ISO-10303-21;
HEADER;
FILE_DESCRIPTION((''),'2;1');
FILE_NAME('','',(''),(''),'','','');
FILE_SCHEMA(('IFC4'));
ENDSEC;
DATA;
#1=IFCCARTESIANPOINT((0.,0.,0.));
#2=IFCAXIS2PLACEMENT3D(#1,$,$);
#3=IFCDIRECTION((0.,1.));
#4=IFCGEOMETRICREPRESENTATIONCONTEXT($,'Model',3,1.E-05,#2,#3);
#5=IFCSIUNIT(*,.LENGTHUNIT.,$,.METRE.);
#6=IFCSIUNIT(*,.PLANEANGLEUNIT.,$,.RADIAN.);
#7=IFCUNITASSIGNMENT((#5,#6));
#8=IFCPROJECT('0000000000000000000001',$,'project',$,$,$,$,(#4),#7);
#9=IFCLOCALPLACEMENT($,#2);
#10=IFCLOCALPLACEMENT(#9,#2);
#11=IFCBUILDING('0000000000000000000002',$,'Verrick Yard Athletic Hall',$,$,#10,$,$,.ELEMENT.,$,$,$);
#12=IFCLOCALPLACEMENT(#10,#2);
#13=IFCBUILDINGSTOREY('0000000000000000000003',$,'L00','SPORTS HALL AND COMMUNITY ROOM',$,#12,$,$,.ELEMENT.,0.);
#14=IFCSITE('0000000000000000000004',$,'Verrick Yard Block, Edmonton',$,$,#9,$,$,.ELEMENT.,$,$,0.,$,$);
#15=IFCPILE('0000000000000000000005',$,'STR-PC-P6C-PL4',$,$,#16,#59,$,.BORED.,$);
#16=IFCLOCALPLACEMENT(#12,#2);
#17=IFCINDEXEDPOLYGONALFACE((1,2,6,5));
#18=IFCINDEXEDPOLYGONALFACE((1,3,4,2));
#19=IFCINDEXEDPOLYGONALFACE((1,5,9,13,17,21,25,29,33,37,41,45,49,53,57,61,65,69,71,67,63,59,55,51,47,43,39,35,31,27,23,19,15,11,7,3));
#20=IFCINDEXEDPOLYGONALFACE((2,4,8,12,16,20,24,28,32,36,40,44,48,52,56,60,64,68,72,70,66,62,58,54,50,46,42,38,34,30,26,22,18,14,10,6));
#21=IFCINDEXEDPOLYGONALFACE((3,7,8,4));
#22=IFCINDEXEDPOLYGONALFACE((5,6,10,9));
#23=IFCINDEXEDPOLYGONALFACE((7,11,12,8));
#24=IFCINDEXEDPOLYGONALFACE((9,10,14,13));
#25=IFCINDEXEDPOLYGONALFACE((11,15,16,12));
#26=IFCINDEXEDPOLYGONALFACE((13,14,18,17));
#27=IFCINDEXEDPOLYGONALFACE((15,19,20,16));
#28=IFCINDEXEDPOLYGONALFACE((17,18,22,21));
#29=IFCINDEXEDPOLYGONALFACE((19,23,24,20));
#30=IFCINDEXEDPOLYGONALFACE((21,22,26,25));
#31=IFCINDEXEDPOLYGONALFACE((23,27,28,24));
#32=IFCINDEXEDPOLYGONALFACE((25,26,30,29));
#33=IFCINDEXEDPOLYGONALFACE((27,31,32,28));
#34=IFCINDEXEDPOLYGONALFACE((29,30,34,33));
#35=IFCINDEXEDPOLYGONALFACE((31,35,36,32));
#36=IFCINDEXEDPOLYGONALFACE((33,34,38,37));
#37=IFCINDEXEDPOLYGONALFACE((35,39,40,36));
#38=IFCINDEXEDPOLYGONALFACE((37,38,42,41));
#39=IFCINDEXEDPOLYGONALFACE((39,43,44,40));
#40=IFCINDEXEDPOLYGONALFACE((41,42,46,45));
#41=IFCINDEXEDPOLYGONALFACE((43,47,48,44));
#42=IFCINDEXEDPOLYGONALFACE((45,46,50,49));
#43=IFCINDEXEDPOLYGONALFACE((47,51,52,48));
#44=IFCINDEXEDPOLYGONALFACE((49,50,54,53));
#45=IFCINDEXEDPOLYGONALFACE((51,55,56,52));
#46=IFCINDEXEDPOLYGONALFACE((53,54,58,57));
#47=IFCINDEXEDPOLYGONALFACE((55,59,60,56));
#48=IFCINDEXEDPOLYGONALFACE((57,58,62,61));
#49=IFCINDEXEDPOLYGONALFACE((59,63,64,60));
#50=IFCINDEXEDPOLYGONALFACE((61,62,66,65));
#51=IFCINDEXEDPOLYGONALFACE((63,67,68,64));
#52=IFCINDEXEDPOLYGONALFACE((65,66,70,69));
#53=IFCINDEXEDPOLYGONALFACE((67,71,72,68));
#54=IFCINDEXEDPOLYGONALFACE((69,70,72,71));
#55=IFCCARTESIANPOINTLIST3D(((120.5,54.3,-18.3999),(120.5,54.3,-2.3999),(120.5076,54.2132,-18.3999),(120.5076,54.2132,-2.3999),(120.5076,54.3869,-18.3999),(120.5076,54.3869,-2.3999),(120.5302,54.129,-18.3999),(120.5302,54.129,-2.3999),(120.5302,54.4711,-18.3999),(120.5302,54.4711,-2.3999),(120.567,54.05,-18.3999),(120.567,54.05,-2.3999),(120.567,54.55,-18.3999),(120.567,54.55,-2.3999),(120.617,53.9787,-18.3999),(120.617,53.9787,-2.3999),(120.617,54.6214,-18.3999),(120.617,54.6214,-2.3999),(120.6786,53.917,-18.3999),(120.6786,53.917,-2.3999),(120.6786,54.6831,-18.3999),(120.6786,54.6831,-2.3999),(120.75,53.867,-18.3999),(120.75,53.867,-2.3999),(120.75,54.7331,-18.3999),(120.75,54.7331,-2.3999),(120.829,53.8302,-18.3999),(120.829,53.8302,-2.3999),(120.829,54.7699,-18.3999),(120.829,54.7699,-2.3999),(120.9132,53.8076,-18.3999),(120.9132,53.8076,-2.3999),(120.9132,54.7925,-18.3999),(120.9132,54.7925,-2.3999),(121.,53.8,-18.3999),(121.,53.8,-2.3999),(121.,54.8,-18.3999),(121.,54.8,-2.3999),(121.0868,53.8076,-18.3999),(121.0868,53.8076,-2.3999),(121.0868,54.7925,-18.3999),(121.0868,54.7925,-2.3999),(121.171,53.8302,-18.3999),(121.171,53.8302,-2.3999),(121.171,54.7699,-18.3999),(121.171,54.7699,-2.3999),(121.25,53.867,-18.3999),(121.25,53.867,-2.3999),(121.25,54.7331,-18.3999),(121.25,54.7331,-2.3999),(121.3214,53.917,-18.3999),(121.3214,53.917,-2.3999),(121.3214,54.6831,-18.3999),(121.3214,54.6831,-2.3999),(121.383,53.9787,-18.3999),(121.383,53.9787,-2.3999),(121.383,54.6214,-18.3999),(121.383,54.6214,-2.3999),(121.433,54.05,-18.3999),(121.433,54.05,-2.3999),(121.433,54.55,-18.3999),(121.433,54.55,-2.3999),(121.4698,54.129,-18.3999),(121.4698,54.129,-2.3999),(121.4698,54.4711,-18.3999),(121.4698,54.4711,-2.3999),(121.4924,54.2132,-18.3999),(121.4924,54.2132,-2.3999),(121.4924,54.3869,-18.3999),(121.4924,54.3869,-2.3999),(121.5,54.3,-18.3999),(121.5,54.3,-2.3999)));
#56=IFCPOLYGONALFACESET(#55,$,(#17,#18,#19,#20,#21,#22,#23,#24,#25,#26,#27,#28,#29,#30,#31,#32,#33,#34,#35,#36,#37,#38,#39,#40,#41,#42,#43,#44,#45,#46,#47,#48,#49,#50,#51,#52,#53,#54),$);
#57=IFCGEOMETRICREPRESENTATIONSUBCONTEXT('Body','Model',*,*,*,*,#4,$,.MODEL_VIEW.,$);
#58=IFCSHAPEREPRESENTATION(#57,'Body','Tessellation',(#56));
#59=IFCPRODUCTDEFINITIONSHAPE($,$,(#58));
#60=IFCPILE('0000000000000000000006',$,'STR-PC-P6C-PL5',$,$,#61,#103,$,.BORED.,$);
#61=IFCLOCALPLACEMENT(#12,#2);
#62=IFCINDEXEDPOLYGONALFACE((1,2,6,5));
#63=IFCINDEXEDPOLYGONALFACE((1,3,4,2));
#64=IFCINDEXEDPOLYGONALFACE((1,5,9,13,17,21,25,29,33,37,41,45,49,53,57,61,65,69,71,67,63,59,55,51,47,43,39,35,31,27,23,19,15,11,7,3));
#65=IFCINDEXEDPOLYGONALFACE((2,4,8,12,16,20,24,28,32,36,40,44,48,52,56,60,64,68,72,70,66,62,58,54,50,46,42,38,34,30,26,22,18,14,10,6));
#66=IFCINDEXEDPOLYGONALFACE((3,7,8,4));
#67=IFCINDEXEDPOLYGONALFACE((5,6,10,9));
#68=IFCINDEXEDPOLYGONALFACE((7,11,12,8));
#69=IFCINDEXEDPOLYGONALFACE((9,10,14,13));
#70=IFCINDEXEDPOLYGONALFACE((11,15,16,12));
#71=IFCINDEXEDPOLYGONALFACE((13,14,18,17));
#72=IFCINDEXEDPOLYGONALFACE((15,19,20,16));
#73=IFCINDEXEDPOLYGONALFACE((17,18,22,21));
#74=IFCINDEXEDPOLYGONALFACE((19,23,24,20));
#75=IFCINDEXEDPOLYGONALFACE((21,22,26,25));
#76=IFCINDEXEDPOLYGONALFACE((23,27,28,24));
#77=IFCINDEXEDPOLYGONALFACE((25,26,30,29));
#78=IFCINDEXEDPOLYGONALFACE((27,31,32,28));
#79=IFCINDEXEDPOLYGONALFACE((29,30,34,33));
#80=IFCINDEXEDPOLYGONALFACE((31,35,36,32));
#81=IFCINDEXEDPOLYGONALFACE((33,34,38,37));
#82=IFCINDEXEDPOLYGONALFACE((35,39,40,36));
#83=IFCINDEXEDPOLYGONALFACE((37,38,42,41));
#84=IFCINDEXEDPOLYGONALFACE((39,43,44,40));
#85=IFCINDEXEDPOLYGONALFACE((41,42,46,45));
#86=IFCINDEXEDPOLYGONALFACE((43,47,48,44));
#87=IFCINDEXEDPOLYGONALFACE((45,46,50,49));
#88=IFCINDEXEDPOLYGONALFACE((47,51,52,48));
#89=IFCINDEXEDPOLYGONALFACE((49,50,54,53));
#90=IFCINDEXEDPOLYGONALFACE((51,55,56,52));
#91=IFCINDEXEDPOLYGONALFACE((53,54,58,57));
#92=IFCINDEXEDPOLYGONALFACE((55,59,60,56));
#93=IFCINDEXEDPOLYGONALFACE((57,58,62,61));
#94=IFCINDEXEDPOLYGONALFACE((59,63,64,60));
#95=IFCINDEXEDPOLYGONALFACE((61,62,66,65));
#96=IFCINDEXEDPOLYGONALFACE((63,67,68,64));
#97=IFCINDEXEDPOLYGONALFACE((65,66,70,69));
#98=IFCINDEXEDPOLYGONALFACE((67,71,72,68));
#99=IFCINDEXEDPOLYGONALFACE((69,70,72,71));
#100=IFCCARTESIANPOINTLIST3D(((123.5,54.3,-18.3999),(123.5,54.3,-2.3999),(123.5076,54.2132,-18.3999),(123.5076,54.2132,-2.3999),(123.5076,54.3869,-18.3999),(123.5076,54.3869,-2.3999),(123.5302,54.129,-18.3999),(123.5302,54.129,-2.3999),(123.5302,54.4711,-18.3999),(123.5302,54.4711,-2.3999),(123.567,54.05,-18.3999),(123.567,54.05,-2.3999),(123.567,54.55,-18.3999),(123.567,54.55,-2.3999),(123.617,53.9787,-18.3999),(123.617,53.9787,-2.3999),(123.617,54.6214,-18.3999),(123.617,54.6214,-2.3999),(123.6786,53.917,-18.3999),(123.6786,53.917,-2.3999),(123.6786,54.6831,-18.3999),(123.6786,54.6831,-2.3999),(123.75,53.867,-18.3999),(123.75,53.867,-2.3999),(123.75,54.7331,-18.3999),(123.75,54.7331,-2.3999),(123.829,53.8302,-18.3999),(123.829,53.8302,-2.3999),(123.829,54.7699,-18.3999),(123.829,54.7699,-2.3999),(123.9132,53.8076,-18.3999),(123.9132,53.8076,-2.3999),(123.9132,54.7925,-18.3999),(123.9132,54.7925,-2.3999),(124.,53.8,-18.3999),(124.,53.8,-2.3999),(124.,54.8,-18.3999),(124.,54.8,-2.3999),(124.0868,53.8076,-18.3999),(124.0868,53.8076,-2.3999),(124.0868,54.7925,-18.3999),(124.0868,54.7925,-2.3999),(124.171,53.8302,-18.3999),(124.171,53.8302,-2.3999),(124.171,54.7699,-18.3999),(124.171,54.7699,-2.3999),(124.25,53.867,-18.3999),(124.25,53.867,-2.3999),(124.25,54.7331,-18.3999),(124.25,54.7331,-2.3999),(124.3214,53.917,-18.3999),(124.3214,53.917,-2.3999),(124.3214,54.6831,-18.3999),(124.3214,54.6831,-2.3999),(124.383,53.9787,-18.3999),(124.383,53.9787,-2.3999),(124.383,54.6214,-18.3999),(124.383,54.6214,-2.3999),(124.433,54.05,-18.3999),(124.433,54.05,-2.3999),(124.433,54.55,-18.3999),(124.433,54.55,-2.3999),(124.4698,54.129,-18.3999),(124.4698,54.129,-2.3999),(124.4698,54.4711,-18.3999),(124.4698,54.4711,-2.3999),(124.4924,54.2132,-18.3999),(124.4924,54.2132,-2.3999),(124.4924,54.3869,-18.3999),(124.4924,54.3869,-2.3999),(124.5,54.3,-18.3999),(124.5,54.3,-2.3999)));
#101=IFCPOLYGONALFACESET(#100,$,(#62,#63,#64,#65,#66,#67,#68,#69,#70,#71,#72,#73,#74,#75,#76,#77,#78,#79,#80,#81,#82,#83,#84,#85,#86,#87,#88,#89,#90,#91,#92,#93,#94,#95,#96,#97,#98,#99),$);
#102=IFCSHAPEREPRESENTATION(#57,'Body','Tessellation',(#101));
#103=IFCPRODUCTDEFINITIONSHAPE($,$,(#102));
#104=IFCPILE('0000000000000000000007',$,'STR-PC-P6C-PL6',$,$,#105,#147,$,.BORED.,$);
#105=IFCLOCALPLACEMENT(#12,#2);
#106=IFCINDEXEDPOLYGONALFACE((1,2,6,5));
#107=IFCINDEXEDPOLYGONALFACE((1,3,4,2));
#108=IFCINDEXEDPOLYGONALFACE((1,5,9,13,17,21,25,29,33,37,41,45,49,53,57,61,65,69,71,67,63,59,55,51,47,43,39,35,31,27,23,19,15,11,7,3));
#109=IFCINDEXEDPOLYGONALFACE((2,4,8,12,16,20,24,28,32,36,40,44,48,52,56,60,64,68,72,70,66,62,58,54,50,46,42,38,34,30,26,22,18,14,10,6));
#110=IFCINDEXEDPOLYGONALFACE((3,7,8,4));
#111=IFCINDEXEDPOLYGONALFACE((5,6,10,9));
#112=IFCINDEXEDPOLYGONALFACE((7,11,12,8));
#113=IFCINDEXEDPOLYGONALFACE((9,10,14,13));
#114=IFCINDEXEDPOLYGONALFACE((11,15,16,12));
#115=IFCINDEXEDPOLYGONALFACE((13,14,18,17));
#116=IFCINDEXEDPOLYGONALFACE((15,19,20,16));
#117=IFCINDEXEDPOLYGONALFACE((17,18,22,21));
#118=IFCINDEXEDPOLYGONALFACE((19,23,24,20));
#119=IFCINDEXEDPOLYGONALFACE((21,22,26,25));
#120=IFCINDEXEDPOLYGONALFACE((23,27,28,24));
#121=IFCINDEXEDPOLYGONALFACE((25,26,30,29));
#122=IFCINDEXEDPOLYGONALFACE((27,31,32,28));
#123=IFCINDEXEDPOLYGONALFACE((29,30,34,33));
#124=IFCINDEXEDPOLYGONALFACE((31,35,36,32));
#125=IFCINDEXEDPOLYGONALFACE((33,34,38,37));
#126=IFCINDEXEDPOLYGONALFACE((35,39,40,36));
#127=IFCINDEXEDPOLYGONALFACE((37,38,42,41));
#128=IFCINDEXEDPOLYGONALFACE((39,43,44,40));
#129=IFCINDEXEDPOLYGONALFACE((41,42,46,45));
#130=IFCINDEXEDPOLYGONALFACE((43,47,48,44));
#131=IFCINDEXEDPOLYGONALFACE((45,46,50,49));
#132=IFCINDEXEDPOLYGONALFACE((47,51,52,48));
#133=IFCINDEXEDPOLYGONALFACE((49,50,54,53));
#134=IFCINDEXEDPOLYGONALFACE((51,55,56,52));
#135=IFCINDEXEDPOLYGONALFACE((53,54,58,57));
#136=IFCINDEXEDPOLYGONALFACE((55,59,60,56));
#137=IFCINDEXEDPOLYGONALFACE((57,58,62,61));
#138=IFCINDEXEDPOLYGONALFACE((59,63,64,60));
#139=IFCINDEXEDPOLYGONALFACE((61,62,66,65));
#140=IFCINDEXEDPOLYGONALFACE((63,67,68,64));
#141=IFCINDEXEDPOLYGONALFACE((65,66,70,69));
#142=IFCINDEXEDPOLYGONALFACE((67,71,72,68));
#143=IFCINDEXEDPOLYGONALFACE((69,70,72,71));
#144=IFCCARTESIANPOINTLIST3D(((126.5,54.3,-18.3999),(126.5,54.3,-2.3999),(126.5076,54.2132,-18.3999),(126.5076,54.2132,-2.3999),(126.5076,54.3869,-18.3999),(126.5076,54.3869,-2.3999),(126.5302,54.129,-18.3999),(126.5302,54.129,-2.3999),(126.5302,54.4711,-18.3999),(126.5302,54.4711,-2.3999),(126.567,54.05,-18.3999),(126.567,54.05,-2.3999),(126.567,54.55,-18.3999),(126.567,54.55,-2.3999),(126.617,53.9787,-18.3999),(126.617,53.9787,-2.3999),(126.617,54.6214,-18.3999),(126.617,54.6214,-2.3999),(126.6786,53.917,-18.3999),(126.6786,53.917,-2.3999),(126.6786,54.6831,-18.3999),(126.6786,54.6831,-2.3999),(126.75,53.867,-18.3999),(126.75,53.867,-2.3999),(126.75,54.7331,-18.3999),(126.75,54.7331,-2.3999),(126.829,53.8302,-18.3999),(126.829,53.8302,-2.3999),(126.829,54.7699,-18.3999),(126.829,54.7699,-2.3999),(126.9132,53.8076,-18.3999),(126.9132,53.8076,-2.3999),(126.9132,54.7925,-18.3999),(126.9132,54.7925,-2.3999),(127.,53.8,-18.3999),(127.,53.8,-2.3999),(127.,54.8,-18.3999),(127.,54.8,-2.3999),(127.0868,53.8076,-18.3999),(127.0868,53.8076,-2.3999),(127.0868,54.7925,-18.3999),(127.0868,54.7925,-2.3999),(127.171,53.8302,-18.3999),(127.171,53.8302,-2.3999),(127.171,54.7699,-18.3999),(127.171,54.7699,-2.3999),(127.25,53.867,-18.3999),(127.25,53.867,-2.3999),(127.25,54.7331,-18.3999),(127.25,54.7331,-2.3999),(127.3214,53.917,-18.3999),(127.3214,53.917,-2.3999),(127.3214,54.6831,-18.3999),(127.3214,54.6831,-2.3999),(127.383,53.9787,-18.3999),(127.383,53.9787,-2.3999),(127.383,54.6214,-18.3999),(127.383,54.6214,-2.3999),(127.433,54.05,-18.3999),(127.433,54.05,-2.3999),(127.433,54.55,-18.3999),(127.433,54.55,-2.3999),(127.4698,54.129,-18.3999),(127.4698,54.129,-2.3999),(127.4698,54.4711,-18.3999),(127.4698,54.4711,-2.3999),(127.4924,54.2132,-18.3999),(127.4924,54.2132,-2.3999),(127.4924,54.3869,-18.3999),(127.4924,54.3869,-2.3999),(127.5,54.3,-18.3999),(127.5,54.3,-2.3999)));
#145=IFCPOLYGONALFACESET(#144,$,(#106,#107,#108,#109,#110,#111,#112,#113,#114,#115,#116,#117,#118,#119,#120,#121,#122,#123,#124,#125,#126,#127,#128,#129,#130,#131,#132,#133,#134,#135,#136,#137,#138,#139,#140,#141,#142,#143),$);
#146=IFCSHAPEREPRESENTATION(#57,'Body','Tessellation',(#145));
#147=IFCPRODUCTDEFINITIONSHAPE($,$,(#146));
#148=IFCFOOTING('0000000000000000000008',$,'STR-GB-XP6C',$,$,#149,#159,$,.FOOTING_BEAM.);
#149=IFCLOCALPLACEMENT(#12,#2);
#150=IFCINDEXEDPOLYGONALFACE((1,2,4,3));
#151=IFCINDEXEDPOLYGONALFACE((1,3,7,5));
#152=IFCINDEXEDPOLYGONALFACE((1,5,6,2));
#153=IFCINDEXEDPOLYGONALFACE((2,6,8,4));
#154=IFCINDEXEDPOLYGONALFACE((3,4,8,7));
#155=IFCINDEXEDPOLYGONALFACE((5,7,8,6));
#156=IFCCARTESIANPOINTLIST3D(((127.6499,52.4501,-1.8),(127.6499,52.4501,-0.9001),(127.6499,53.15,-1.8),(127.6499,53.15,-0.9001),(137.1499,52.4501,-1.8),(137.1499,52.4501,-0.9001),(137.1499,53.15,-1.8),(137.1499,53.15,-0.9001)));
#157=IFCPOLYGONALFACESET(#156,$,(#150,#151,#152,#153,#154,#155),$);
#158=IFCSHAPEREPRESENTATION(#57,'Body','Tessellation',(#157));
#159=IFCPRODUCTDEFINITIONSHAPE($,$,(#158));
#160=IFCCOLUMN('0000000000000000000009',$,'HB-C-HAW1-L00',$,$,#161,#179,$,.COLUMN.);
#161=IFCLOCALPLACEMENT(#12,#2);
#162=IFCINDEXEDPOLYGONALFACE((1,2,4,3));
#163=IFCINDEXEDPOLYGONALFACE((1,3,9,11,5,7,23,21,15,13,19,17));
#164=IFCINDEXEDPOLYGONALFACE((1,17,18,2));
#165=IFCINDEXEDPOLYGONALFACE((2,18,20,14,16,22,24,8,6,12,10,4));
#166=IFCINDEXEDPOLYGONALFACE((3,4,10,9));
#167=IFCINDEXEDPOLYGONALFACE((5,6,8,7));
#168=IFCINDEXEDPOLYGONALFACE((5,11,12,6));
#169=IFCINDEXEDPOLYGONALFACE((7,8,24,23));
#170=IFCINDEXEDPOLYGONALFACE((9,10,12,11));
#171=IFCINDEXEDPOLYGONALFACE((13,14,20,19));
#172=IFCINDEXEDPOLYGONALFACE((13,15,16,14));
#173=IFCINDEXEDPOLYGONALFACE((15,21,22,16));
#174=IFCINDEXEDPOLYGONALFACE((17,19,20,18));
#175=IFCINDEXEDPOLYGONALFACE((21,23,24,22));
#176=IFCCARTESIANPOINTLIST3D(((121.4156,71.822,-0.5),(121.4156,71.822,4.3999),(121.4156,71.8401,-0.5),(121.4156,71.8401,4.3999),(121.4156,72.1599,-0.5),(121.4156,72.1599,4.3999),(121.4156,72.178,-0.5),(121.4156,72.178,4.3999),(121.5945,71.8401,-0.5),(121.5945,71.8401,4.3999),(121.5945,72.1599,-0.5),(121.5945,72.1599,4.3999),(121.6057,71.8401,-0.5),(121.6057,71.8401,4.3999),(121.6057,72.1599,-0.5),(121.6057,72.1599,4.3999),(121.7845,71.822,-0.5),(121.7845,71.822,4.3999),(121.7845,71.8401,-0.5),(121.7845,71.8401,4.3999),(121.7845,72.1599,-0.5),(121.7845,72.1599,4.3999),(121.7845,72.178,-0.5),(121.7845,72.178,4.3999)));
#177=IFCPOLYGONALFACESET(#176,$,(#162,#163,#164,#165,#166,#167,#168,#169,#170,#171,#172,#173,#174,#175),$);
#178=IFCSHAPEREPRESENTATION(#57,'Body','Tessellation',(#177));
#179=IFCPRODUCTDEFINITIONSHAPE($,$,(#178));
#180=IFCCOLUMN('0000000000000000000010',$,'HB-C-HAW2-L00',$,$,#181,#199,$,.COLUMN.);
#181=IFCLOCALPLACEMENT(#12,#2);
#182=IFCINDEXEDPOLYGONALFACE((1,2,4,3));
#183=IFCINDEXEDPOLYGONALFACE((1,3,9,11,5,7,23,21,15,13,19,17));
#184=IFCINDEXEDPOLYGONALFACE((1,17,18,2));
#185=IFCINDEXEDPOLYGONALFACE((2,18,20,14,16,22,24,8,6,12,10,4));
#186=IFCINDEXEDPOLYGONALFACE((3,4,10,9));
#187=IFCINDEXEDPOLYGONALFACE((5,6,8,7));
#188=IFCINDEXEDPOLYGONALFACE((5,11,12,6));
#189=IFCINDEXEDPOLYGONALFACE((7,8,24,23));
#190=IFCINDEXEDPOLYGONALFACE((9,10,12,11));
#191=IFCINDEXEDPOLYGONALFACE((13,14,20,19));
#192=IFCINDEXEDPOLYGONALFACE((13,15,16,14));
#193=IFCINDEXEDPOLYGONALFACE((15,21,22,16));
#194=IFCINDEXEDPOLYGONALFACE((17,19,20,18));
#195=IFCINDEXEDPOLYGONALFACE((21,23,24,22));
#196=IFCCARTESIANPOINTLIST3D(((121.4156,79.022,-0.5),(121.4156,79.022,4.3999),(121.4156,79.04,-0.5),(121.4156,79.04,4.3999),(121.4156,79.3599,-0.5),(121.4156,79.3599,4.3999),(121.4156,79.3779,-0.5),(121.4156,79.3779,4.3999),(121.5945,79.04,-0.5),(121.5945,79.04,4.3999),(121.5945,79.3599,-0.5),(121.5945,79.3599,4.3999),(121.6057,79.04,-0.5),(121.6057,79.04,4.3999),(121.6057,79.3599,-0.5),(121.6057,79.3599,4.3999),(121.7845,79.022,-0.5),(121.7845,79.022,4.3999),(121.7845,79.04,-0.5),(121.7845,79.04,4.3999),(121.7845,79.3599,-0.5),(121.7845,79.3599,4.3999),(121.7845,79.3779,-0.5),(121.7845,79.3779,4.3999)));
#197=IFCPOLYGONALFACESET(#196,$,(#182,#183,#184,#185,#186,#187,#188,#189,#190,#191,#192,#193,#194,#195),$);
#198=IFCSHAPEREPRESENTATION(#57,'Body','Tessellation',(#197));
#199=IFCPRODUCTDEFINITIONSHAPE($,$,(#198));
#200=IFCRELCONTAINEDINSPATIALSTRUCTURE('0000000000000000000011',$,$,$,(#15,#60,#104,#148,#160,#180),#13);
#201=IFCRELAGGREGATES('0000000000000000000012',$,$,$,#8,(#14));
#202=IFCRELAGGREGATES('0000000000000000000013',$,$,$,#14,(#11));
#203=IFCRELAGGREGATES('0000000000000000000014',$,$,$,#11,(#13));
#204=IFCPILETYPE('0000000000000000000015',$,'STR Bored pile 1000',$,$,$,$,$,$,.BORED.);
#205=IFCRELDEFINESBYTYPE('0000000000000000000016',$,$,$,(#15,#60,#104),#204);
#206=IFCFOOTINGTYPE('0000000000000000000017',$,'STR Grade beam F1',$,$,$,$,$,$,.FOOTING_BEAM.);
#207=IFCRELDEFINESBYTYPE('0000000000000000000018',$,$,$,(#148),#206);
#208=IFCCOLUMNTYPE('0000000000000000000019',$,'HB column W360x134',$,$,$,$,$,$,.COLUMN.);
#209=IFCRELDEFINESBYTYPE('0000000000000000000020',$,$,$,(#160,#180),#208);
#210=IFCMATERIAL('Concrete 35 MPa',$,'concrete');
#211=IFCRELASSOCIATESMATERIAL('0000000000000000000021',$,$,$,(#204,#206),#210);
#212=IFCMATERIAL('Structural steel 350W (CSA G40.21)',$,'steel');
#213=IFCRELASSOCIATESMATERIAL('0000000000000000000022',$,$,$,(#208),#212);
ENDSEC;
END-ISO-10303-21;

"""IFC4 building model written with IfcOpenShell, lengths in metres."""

from ifc_helpers import new_model, si_unit, direction, frame, origin, origin_2d, place, context, subcontext, project, spatial, rectangle, circle, i_section, extrude, material, material_profile, profile_set, type_object, element, save


model = new_model("IFC4")

# Units and contexts
model_context = context("Model", 3, precision=1e-05, world=origin(), true_north=direction((0.0, 1.0)))
body_context = subcontext(model_context, "Body", "Model", "MODEL_VIEW")
ifc_project = project(units=[si_unit("LENGTHUNIT", "METRE"), si_unit("PLANEANGLEUNIT", "RADIAN")], contexts=[model_context])

# Site, building, storey
site_placement = place(None, origin())
site = spatial("IfcSite", under=ifc_project, at=site_placement, Name="Verrick Yard Block, Edmonton", CompositionType="ELEMENT", RefElevation=0.0)
building_placement = place(site_placement, origin())
building = spatial("IfcBuilding", under=site, at=building_placement, Name="Verrick Yard Athletic Hall", CompositionType="ELEMENT")
storey_placement = place(building_placement, origin())
storey = spatial("IfcBuildingStorey", under=building, at=storey_placement, Name="L00", Description="SPORTS HALL AND COMMUNITY ROOM", CompositionType="ELEMENT", Elevation=0.0)

# Shared definitions
ifc_material_1 = material(Name="Concrete 35 MPa", Category="concrete")

# Piles
pile_type_1 = type_object("IfcPileType", Name="STR Bored pile 1000", PredefinedType="BORED", material=ifc_material_1)
for number, where, z_axis, x_axis, name in (
    (1, (121.0, 54.3, -2.3999), (0.0, 0.0, -1.0), (1.0, 0.0, 0.0), "STR-PC-P6C-PL4"),
    (2, (124.0, 54.3, -2.3999), (0.0, 0.0, -1.0), (1.0, 0.0, 0.0), "STR-PC-P6C-PL5"),
    (3, (127.0, 54.3, -2.3999), (0.0, 0.0, -1.0), (1.0, 0.0, 0.0), "STR-PC-P6C-PL6"),
):
    element("IfcPile", number, at=place(storey_placement, frame(where, z_axis=z_axis, x_axis=x_axis)), inside=storey, type_object=pile_type_1, Name=name, PredefinedType="BORED", context=body_context, shape_type="SweptSolid", body=[
        extrude(circle(Radius=0.5, at=origin_2d()), origin(), (0.0, 0.0, 1.0), 16.0),
    ])

# Footing
ifc_material_profile_1 = material_profile(ifc_material_1, rectangle(XDim=0.7, YDim=0.8999, at=origin_2d()), Name="STR Grade beam F1")
ifc_profile_set_1 = profile_set([ifc_material_profile_1], Name="Concrete 35 MPa")
footing_type_1 = type_object("IfcFootingType", Name="STR Grade beam F1", PredefinedType="FOOTING_BEAM", material=ifc_profile_set_1)
footing_1_placement = place(storey_placement, frame((127.6499, 52.8, -1.3501), z_axis=(1.0, 0.0, 0.0), x_axis=(0.0, 1.0, 0.0)))
element("IfcFooting", 4, at=footing_1_placement, inside=storey, type_object=footing_type_1, Name="STR-GB-XP6C", PredefinedType="FOOTING_BEAM", context=body_context, shape_type="SweptSolid", body=[
    extrude(rectangle(XDim=0.7, YDim=0.8999, at=origin_2d()), origin(), (0.0, 0.0, 1.0), 9.5),
])

# Columns
ifc_material_2 = material(Name="Structural steel 350W (CSA G40.21)", Category="steel")
ifc_material_profile_2 = material_profile(ifc_material_2, i_section(OverallWidth=0.3689, OverallDepth=0.356, WebThickness=0.0112, FlangeThickness=0.0181, at=origin_2d()), Name="W360x134")
ifc_profile_set_2 = profile_set([ifc_material_profile_2], Name="Structural steel 350W (CSA G40.21)")
column_type_1 = type_object("IfcColumnType", Name="HB column W360x134", PredefinedType="COLUMN", material=ifc_profile_set_2)
for number, where, z_axis, x_axis, name in (
    (5, (121.6001, 72.0, -0.5), (0.0, 0.0, 1.0), (1.0, 0.0, 0.0), "HB-C-HAW1-L00"),
    (6, (121.6001, 79.2, -0.5), (0.0, 0.0, 1.0), (1.0, 0.0, 0.0), "HB-C-HAW2-L00"),
):
    element("IfcColumn", number, at=place(storey_placement, frame(where, z_axis=z_axis, x_axis=x_axis)), inside=storey, type_object=column_type_1, Name=name, PredefinedType="COLUMN", context=body_context, shape_type="SweptSolid", body=[
        extrude(i_section(OverallWidth=0.3689, OverallDepth=0.356, WebThickness=0.0112, FlangeThickness=0.0181, at=origin_2d()), origin(), (0.0, 0.0, 1.0), 4.8999),
    ])

save(model, "model.ifc")
